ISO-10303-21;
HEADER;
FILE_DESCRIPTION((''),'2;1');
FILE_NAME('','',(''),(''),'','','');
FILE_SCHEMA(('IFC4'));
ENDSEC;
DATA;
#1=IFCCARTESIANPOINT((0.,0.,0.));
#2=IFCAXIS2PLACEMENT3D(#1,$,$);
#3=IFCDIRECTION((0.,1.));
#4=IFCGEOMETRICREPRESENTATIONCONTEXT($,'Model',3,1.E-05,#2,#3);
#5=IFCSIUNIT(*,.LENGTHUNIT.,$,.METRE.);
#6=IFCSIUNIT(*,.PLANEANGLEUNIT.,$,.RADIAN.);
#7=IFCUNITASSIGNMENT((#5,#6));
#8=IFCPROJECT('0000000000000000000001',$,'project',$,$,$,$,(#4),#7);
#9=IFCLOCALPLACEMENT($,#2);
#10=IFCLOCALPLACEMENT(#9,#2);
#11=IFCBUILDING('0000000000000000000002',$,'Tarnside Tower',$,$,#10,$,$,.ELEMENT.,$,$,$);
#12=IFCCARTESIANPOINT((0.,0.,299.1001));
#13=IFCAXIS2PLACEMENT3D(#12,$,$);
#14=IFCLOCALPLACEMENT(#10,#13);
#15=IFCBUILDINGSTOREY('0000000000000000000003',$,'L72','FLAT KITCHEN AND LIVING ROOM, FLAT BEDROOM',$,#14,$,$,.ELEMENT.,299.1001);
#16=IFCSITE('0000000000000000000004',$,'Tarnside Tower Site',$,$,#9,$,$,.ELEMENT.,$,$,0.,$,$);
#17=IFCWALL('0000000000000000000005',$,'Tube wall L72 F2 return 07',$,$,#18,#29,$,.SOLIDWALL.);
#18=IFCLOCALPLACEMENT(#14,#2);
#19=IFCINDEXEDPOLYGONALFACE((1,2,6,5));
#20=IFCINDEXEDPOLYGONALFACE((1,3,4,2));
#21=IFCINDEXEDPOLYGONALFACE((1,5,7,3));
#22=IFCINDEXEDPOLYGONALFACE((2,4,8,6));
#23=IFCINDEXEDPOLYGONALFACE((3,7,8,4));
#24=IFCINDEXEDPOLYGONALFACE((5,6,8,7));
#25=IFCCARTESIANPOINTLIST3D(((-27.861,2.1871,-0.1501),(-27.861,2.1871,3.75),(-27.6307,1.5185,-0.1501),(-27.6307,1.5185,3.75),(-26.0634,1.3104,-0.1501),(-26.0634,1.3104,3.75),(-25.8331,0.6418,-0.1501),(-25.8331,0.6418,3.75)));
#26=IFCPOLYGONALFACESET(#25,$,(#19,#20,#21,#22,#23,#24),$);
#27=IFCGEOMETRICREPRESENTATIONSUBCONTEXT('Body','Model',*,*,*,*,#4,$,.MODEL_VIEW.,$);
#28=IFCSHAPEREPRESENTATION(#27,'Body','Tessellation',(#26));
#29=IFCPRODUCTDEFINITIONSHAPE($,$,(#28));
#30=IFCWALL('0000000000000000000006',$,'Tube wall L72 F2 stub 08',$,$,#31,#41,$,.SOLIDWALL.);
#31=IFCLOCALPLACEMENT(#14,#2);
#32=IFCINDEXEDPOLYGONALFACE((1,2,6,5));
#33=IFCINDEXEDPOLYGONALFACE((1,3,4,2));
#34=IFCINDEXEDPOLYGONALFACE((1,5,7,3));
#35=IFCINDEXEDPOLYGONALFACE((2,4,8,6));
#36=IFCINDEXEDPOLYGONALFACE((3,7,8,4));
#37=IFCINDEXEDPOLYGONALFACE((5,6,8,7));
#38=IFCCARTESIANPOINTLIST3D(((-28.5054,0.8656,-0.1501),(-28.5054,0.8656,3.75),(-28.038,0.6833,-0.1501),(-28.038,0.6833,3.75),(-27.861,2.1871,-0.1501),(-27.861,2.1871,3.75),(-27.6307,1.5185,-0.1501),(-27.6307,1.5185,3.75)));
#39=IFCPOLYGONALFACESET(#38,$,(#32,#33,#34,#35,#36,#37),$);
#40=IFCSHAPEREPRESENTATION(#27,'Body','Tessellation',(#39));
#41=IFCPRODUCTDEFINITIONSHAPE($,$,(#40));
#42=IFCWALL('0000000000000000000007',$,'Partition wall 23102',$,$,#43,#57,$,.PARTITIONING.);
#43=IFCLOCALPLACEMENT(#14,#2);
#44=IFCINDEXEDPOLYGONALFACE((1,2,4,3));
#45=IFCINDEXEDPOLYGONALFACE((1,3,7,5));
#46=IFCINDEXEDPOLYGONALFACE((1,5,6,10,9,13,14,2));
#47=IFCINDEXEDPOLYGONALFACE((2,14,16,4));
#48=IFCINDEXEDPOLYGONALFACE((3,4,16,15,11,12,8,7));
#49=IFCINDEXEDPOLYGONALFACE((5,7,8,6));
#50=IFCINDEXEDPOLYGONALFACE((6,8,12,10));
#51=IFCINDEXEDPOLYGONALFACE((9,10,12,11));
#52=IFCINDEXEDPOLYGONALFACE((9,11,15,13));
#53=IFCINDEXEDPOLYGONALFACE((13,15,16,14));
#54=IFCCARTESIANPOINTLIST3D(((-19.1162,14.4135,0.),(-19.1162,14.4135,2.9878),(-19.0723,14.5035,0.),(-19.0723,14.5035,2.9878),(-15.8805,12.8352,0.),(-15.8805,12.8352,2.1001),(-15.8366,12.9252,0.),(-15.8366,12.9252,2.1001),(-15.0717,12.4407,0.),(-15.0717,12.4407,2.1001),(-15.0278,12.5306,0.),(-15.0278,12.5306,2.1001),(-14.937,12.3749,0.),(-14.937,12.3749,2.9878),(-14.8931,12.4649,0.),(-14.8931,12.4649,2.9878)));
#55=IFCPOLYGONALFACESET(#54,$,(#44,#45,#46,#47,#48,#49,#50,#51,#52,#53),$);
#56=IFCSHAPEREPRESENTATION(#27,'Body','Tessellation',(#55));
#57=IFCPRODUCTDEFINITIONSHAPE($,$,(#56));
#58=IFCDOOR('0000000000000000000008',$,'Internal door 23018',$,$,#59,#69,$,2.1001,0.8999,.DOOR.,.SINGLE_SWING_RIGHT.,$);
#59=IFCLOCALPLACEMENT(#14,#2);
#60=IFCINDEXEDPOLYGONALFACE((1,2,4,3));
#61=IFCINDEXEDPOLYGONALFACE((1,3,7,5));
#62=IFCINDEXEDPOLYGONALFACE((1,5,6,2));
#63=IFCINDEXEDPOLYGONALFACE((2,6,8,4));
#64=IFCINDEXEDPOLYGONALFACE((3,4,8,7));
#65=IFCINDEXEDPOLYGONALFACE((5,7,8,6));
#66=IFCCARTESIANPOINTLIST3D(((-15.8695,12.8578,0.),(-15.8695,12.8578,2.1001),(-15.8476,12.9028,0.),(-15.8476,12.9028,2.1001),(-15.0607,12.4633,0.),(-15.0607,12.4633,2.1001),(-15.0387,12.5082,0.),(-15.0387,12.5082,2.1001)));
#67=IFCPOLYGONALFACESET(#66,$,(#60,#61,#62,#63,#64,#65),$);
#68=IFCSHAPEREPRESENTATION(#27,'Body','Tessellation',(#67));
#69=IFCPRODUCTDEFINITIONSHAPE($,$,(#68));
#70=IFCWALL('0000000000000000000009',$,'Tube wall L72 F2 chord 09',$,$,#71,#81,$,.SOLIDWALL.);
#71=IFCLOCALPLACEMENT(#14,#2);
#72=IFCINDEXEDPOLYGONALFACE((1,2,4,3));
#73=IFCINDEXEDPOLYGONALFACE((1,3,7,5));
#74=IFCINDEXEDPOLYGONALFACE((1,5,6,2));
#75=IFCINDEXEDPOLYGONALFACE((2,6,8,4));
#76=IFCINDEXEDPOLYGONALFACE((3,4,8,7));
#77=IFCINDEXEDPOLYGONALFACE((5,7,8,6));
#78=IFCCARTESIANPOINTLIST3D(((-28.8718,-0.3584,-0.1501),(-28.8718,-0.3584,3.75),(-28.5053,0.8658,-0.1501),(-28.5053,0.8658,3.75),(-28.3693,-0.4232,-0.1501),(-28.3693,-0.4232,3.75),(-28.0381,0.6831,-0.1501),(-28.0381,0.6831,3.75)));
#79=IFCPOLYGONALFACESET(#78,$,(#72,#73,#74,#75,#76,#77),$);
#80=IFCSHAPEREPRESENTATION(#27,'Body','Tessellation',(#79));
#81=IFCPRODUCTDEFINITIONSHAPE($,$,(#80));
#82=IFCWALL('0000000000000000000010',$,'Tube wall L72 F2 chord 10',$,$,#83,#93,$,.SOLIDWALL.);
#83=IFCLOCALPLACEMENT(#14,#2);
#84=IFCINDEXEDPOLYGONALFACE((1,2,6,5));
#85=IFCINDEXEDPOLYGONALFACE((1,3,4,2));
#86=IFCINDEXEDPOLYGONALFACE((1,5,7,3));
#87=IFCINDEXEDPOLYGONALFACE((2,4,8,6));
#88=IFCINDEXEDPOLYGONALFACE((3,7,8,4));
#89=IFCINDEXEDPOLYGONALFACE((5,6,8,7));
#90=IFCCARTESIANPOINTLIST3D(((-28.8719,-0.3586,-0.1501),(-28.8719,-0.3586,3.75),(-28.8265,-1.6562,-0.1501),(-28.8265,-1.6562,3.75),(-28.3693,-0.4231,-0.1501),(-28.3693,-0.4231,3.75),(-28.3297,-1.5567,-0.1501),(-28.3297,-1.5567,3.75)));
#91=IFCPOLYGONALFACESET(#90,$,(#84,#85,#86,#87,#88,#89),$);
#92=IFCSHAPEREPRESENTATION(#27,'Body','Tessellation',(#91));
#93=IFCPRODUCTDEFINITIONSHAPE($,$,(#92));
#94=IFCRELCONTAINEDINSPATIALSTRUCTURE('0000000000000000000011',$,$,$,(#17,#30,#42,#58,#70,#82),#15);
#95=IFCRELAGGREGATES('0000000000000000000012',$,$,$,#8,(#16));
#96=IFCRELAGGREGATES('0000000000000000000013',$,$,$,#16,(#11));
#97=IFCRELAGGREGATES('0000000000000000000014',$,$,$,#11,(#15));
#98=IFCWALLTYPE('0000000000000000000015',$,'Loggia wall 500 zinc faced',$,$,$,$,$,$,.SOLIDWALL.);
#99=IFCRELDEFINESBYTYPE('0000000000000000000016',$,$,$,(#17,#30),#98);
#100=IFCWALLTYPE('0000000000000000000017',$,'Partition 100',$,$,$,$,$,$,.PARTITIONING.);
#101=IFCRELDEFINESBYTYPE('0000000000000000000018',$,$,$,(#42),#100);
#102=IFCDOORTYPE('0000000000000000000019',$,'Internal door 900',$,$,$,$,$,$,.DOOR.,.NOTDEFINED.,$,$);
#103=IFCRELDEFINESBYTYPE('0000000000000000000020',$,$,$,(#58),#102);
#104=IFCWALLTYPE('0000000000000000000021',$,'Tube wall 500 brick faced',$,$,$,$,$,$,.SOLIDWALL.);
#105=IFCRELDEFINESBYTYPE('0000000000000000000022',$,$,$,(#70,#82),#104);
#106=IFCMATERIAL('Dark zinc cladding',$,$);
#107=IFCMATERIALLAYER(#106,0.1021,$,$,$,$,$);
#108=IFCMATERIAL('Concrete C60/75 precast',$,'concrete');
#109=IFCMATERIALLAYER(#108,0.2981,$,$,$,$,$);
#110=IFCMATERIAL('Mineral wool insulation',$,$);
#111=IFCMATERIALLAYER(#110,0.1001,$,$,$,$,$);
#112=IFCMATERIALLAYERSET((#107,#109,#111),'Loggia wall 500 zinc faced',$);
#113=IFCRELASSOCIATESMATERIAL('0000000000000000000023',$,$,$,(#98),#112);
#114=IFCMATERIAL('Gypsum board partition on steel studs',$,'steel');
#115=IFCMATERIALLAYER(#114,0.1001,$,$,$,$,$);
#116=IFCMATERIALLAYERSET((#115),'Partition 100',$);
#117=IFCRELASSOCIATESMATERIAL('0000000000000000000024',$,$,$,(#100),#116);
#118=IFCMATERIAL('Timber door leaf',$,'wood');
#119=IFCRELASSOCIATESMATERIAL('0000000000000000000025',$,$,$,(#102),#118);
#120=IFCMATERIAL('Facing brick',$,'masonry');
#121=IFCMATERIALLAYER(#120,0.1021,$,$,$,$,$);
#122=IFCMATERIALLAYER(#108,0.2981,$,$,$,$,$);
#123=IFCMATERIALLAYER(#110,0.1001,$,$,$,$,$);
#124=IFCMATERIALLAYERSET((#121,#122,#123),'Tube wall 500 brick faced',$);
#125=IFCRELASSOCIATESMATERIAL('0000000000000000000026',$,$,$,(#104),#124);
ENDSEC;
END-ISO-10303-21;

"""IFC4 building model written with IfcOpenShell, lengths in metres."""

from ifc_helpers import new_model, si_unit, direction, frame, frame_2d, origin, place, context, subcontext, project, spatial, polyline, rectangle, outline, extrude, material, layer, layer_set, type_object, element, fill, save


model = new_model("IFC4")

# Units and contexts
model_context = context("Model", 3, precision=1e-05, world=origin(), true_north=direction((0.0, 1.0)))
body_context = subcontext(model_context, "Body", "Model", "MODEL_VIEW")
ifc_project = project(units=[si_unit("LENGTHUNIT", "METRE"), si_unit("PLANEANGLEUNIT", "RADIAN")], contexts=[model_context])

# Site, building, storey
site_placement = place(None, origin())
site = spatial("IfcSite", under=ifc_project, at=site_placement, Name="Tarnside Tower Site", CompositionType="ELEMENT", RefElevation=0.0)
building_placement = place(site_placement, origin())
building = spatial("IfcBuilding", under=site, at=building_placement, Name="Tarnside Tower", CompositionType="ELEMENT")
storey_placement = place(building_placement, frame((0.0, 0.0, 299.1001)))
storey = spatial("IfcBuildingStorey", under=building, at=storey_placement, Name="L72", Description="FLAT KITCHEN AND LIVING ROOM, FLAT BEDROOM", CompositionType="ELEMENT", Elevation=299.1001)

# Shared definitions
ifc_material_1 = material(Name="Gypsum board partition on steel studs", Category="steel")

# Shared definitions
ifc_material_2 = material(Name="Timber door leaf", Category="wood")

# Walls
ifc_material_3 = material(Name="Dark zinc cladding")
ifc_layer_1 = layer(ifc_material_3, 0.1021)
ifc_material_4 = material(Name="Concrete C60/75 precast", Category="concrete")
ifc_layer_2 = layer(ifc_material_4, 0.2981)
ifc_material_5 = material(Name="Mineral wool insulation")
ifc_layer_3 = layer(ifc_material_5, 0.1001)
ifc_layer_set_1 = layer_set([ifc_layer_1, ifc_layer_2, ifc_layer_3], Name="Loggia wall 500 zinc faced")
wall_type_1 = type_object("IfcWallType", Name="Loggia wall 500 zinc faced", PredefinedType="SOLIDWALL", material=ifc_layer_set_1)
wall_1_placement = place(storey_placement, frame((-25.9482, 0.9761, -0.1501), z_axis=(0.0, 0.0, 1.0), x_axis=(-0.898802, 0.438354, 0.0)))
element("IfcWall", 1, at=wall_1_placement, inside=storey, type_object=wall_type_1, Name="Tube wall L72 F2 return 07", PredefinedType="SOLIDWALL", context=body_context, shape_type="SweptSolid", body=[
    extrude(outline(polyline([(0.25, -0.25), (2.25, -0.25), (1.75, 0.25), (-0.25, 0.25), (0.25, -0.25)])), origin(), (0.0, 0.0, 1.0), 3.9001),
])
wall_2_placement = place(storey_placement, frame((-27.7458, 1.8528, -0.1501), z_axis=(0.0, 0.0, 1.0), x_axis=(-0.438319, -0.898819, 0.0)))
element("IfcWall", 2, at=wall_2_placement, inside=storey, type_object=wall_type_1, Name="Tube wall L72 F2 stub 08", PredefinedType="SOLIDWALL", context=body_context, shape_type="SweptSolid", body=[
    extrude(outline(polyline([(-0.25, -0.25), (1.2202, -0.25), (1.1792, 0.25), (0.25, 0.25), (-0.25, -0.25)])), origin(), (0.0, 0.0, 1.0), 3.9001),
])

# Wall, opening, door
ifc_layer_4 = layer(ifc_material_1, 0.1001)
ifc_layer_set_2 = layer_set([ifc_layer_4], Name="Partition 100")
wall_type_2 = type_object("IfcWallType", Name="Partition 100", PredefinedType="PARTITIONING", material=ifc_layer_set_2)
wall_3_placement = place(storey_placement, frame((-14.915, 12.4199, 0.0), z_axis=(0.0, 0.0, 1.0), x_axis=(-0.898773, 0.438413, 0.0)))
wall_3 = element("IfcWall", 3, at=wall_3_placement, inside=storey, type_object=wall_type_2, Name="Partition wall 23102", PredefinedType="PARTITIONING", context=body_context, shape_type="SweptSolid", body=[
    extrude(rectangle(XDim=4.6499, YDim=0.1001, at=frame_2d((2.325, 0.0))), origin(), (0.0, 0.0, 1.0), 2.9878),
])
opening_1_placement = place(wall_3_placement, frame((0.1499, 0.0, 0.0)))
opening_1 = element("IfcOpeningElement", 4, at=opening_1_placement, cuts=wall_3, PredefinedType="OPENING", context=body_context, shape_type="SweptSolid", body=[
    extrude(rectangle(XDim=0.8999, YDim=2.1001, at=frame_2d((0.45, 1.05))), frame((0.0, 0.0601, 0.0), z_axis=(0.0, -1.0, 0.0), x_axis=(1.0, 0.0, 0.0)), (0.0, 0.0, 1.0), 0.1201),
])
door_type_1 = type_object("IfcDoorType", Name="Internal door 900", OperationType="NOTDEFINED", PredefinedType="DOOR", material=ifc_material_2)
door_1_placement = place(opening_1_placement, origin())
door_1 = element("IfcDoor", 5, at=door_1_placement, inside=storey, type_object=door_type_1, Name="Internal door 23018", OperationType="SINGLE_SWING_RIGHT", OverallHeight=2.1001, OverallWidth=0.8999, PredefinedType="DOOR", context=body_context, shape_type="SweptSolid", body=[
    extrude(rectangle(XDim=0.8999, YDim=2.1001, at=frame_2d((0.45, 1.05))), frame((0.0, 0.0249, 0.0), z_axis=(0.0, -1.0, 0.0), x_axis=(1.0, 0.0, 0.0)), (0.0, 0.0, 1.0), 0.05),
])
fill(opening_1, door_1)

# Walls
ifc_material_6 = material(Name="Facing brick", Category="masonry")
ifc_layer_5 = layer(ifc_material_6, 0.1021)
ifc_layer_6 = layer(ifc_material_4, 0.2981)
ifc_layer_7 = layer(ifc_material_5, 0.1001)
ifc_layer_set_3 = layer_set([ifc_layer_5, ifc_layer_6, ifc_layer_7], Name="Tube wall 500 brick faced")
wall_type_3 = type_object("IfcWallType", Name="Tube wall 500 brick faced", PredefinedType="SOLIDWALL", material=ifc_layer_set_3)
wall_4_placement = place(storey_placement, frame((-28.2717, 0.7744, -0.1501), z_axis=(0.0, 0.0, 1.0), x_axis=(-0.286814, -0.957986, 0.0)))
element("IfcWall", 6, at=wall_4_placement, inside=storey, type_object=wall_type_3, Name="Tube wall L72 F2 chord 09", PredefinedType="SOLIDWALL", context=body_context, shape_type="SweptSolid", body=[
    extrude(outline(polyline([(-0.0205, -0.25), (1.2573, -0.25), (1.1753, 0.25), (0.0205, 0.25), (-0.0205, -0.25)])), origin(), (0.0, 0.0, 1.0), 3.9001),
])
wall_5_placement = place(storey_placement, frame((-28.6206, -0.3909, -0.1501), z_axis=(0.0, 0.0, 1.0), x_axis=(0.034925, -0.99939, 0.0)))
element("IfcWall", 7, at=wall_5_placement, inside=storey, type_object=wall_type_3, Name="Tube wall L72 F2 chord 10", PredefinedType="SOLIDWALL", context=body_context, shape_type="SweptSolid", body=[
    extrude(outline(polyline([(-0.041, -0.25), (1.2573, -0.25), (1.1753, 0.25), (0.041, 0.25), (-0.041, -0.25)])), origin(), (0.0, 0.0, 1.0), 3.9001),
])

save(model, "model.ifc")
